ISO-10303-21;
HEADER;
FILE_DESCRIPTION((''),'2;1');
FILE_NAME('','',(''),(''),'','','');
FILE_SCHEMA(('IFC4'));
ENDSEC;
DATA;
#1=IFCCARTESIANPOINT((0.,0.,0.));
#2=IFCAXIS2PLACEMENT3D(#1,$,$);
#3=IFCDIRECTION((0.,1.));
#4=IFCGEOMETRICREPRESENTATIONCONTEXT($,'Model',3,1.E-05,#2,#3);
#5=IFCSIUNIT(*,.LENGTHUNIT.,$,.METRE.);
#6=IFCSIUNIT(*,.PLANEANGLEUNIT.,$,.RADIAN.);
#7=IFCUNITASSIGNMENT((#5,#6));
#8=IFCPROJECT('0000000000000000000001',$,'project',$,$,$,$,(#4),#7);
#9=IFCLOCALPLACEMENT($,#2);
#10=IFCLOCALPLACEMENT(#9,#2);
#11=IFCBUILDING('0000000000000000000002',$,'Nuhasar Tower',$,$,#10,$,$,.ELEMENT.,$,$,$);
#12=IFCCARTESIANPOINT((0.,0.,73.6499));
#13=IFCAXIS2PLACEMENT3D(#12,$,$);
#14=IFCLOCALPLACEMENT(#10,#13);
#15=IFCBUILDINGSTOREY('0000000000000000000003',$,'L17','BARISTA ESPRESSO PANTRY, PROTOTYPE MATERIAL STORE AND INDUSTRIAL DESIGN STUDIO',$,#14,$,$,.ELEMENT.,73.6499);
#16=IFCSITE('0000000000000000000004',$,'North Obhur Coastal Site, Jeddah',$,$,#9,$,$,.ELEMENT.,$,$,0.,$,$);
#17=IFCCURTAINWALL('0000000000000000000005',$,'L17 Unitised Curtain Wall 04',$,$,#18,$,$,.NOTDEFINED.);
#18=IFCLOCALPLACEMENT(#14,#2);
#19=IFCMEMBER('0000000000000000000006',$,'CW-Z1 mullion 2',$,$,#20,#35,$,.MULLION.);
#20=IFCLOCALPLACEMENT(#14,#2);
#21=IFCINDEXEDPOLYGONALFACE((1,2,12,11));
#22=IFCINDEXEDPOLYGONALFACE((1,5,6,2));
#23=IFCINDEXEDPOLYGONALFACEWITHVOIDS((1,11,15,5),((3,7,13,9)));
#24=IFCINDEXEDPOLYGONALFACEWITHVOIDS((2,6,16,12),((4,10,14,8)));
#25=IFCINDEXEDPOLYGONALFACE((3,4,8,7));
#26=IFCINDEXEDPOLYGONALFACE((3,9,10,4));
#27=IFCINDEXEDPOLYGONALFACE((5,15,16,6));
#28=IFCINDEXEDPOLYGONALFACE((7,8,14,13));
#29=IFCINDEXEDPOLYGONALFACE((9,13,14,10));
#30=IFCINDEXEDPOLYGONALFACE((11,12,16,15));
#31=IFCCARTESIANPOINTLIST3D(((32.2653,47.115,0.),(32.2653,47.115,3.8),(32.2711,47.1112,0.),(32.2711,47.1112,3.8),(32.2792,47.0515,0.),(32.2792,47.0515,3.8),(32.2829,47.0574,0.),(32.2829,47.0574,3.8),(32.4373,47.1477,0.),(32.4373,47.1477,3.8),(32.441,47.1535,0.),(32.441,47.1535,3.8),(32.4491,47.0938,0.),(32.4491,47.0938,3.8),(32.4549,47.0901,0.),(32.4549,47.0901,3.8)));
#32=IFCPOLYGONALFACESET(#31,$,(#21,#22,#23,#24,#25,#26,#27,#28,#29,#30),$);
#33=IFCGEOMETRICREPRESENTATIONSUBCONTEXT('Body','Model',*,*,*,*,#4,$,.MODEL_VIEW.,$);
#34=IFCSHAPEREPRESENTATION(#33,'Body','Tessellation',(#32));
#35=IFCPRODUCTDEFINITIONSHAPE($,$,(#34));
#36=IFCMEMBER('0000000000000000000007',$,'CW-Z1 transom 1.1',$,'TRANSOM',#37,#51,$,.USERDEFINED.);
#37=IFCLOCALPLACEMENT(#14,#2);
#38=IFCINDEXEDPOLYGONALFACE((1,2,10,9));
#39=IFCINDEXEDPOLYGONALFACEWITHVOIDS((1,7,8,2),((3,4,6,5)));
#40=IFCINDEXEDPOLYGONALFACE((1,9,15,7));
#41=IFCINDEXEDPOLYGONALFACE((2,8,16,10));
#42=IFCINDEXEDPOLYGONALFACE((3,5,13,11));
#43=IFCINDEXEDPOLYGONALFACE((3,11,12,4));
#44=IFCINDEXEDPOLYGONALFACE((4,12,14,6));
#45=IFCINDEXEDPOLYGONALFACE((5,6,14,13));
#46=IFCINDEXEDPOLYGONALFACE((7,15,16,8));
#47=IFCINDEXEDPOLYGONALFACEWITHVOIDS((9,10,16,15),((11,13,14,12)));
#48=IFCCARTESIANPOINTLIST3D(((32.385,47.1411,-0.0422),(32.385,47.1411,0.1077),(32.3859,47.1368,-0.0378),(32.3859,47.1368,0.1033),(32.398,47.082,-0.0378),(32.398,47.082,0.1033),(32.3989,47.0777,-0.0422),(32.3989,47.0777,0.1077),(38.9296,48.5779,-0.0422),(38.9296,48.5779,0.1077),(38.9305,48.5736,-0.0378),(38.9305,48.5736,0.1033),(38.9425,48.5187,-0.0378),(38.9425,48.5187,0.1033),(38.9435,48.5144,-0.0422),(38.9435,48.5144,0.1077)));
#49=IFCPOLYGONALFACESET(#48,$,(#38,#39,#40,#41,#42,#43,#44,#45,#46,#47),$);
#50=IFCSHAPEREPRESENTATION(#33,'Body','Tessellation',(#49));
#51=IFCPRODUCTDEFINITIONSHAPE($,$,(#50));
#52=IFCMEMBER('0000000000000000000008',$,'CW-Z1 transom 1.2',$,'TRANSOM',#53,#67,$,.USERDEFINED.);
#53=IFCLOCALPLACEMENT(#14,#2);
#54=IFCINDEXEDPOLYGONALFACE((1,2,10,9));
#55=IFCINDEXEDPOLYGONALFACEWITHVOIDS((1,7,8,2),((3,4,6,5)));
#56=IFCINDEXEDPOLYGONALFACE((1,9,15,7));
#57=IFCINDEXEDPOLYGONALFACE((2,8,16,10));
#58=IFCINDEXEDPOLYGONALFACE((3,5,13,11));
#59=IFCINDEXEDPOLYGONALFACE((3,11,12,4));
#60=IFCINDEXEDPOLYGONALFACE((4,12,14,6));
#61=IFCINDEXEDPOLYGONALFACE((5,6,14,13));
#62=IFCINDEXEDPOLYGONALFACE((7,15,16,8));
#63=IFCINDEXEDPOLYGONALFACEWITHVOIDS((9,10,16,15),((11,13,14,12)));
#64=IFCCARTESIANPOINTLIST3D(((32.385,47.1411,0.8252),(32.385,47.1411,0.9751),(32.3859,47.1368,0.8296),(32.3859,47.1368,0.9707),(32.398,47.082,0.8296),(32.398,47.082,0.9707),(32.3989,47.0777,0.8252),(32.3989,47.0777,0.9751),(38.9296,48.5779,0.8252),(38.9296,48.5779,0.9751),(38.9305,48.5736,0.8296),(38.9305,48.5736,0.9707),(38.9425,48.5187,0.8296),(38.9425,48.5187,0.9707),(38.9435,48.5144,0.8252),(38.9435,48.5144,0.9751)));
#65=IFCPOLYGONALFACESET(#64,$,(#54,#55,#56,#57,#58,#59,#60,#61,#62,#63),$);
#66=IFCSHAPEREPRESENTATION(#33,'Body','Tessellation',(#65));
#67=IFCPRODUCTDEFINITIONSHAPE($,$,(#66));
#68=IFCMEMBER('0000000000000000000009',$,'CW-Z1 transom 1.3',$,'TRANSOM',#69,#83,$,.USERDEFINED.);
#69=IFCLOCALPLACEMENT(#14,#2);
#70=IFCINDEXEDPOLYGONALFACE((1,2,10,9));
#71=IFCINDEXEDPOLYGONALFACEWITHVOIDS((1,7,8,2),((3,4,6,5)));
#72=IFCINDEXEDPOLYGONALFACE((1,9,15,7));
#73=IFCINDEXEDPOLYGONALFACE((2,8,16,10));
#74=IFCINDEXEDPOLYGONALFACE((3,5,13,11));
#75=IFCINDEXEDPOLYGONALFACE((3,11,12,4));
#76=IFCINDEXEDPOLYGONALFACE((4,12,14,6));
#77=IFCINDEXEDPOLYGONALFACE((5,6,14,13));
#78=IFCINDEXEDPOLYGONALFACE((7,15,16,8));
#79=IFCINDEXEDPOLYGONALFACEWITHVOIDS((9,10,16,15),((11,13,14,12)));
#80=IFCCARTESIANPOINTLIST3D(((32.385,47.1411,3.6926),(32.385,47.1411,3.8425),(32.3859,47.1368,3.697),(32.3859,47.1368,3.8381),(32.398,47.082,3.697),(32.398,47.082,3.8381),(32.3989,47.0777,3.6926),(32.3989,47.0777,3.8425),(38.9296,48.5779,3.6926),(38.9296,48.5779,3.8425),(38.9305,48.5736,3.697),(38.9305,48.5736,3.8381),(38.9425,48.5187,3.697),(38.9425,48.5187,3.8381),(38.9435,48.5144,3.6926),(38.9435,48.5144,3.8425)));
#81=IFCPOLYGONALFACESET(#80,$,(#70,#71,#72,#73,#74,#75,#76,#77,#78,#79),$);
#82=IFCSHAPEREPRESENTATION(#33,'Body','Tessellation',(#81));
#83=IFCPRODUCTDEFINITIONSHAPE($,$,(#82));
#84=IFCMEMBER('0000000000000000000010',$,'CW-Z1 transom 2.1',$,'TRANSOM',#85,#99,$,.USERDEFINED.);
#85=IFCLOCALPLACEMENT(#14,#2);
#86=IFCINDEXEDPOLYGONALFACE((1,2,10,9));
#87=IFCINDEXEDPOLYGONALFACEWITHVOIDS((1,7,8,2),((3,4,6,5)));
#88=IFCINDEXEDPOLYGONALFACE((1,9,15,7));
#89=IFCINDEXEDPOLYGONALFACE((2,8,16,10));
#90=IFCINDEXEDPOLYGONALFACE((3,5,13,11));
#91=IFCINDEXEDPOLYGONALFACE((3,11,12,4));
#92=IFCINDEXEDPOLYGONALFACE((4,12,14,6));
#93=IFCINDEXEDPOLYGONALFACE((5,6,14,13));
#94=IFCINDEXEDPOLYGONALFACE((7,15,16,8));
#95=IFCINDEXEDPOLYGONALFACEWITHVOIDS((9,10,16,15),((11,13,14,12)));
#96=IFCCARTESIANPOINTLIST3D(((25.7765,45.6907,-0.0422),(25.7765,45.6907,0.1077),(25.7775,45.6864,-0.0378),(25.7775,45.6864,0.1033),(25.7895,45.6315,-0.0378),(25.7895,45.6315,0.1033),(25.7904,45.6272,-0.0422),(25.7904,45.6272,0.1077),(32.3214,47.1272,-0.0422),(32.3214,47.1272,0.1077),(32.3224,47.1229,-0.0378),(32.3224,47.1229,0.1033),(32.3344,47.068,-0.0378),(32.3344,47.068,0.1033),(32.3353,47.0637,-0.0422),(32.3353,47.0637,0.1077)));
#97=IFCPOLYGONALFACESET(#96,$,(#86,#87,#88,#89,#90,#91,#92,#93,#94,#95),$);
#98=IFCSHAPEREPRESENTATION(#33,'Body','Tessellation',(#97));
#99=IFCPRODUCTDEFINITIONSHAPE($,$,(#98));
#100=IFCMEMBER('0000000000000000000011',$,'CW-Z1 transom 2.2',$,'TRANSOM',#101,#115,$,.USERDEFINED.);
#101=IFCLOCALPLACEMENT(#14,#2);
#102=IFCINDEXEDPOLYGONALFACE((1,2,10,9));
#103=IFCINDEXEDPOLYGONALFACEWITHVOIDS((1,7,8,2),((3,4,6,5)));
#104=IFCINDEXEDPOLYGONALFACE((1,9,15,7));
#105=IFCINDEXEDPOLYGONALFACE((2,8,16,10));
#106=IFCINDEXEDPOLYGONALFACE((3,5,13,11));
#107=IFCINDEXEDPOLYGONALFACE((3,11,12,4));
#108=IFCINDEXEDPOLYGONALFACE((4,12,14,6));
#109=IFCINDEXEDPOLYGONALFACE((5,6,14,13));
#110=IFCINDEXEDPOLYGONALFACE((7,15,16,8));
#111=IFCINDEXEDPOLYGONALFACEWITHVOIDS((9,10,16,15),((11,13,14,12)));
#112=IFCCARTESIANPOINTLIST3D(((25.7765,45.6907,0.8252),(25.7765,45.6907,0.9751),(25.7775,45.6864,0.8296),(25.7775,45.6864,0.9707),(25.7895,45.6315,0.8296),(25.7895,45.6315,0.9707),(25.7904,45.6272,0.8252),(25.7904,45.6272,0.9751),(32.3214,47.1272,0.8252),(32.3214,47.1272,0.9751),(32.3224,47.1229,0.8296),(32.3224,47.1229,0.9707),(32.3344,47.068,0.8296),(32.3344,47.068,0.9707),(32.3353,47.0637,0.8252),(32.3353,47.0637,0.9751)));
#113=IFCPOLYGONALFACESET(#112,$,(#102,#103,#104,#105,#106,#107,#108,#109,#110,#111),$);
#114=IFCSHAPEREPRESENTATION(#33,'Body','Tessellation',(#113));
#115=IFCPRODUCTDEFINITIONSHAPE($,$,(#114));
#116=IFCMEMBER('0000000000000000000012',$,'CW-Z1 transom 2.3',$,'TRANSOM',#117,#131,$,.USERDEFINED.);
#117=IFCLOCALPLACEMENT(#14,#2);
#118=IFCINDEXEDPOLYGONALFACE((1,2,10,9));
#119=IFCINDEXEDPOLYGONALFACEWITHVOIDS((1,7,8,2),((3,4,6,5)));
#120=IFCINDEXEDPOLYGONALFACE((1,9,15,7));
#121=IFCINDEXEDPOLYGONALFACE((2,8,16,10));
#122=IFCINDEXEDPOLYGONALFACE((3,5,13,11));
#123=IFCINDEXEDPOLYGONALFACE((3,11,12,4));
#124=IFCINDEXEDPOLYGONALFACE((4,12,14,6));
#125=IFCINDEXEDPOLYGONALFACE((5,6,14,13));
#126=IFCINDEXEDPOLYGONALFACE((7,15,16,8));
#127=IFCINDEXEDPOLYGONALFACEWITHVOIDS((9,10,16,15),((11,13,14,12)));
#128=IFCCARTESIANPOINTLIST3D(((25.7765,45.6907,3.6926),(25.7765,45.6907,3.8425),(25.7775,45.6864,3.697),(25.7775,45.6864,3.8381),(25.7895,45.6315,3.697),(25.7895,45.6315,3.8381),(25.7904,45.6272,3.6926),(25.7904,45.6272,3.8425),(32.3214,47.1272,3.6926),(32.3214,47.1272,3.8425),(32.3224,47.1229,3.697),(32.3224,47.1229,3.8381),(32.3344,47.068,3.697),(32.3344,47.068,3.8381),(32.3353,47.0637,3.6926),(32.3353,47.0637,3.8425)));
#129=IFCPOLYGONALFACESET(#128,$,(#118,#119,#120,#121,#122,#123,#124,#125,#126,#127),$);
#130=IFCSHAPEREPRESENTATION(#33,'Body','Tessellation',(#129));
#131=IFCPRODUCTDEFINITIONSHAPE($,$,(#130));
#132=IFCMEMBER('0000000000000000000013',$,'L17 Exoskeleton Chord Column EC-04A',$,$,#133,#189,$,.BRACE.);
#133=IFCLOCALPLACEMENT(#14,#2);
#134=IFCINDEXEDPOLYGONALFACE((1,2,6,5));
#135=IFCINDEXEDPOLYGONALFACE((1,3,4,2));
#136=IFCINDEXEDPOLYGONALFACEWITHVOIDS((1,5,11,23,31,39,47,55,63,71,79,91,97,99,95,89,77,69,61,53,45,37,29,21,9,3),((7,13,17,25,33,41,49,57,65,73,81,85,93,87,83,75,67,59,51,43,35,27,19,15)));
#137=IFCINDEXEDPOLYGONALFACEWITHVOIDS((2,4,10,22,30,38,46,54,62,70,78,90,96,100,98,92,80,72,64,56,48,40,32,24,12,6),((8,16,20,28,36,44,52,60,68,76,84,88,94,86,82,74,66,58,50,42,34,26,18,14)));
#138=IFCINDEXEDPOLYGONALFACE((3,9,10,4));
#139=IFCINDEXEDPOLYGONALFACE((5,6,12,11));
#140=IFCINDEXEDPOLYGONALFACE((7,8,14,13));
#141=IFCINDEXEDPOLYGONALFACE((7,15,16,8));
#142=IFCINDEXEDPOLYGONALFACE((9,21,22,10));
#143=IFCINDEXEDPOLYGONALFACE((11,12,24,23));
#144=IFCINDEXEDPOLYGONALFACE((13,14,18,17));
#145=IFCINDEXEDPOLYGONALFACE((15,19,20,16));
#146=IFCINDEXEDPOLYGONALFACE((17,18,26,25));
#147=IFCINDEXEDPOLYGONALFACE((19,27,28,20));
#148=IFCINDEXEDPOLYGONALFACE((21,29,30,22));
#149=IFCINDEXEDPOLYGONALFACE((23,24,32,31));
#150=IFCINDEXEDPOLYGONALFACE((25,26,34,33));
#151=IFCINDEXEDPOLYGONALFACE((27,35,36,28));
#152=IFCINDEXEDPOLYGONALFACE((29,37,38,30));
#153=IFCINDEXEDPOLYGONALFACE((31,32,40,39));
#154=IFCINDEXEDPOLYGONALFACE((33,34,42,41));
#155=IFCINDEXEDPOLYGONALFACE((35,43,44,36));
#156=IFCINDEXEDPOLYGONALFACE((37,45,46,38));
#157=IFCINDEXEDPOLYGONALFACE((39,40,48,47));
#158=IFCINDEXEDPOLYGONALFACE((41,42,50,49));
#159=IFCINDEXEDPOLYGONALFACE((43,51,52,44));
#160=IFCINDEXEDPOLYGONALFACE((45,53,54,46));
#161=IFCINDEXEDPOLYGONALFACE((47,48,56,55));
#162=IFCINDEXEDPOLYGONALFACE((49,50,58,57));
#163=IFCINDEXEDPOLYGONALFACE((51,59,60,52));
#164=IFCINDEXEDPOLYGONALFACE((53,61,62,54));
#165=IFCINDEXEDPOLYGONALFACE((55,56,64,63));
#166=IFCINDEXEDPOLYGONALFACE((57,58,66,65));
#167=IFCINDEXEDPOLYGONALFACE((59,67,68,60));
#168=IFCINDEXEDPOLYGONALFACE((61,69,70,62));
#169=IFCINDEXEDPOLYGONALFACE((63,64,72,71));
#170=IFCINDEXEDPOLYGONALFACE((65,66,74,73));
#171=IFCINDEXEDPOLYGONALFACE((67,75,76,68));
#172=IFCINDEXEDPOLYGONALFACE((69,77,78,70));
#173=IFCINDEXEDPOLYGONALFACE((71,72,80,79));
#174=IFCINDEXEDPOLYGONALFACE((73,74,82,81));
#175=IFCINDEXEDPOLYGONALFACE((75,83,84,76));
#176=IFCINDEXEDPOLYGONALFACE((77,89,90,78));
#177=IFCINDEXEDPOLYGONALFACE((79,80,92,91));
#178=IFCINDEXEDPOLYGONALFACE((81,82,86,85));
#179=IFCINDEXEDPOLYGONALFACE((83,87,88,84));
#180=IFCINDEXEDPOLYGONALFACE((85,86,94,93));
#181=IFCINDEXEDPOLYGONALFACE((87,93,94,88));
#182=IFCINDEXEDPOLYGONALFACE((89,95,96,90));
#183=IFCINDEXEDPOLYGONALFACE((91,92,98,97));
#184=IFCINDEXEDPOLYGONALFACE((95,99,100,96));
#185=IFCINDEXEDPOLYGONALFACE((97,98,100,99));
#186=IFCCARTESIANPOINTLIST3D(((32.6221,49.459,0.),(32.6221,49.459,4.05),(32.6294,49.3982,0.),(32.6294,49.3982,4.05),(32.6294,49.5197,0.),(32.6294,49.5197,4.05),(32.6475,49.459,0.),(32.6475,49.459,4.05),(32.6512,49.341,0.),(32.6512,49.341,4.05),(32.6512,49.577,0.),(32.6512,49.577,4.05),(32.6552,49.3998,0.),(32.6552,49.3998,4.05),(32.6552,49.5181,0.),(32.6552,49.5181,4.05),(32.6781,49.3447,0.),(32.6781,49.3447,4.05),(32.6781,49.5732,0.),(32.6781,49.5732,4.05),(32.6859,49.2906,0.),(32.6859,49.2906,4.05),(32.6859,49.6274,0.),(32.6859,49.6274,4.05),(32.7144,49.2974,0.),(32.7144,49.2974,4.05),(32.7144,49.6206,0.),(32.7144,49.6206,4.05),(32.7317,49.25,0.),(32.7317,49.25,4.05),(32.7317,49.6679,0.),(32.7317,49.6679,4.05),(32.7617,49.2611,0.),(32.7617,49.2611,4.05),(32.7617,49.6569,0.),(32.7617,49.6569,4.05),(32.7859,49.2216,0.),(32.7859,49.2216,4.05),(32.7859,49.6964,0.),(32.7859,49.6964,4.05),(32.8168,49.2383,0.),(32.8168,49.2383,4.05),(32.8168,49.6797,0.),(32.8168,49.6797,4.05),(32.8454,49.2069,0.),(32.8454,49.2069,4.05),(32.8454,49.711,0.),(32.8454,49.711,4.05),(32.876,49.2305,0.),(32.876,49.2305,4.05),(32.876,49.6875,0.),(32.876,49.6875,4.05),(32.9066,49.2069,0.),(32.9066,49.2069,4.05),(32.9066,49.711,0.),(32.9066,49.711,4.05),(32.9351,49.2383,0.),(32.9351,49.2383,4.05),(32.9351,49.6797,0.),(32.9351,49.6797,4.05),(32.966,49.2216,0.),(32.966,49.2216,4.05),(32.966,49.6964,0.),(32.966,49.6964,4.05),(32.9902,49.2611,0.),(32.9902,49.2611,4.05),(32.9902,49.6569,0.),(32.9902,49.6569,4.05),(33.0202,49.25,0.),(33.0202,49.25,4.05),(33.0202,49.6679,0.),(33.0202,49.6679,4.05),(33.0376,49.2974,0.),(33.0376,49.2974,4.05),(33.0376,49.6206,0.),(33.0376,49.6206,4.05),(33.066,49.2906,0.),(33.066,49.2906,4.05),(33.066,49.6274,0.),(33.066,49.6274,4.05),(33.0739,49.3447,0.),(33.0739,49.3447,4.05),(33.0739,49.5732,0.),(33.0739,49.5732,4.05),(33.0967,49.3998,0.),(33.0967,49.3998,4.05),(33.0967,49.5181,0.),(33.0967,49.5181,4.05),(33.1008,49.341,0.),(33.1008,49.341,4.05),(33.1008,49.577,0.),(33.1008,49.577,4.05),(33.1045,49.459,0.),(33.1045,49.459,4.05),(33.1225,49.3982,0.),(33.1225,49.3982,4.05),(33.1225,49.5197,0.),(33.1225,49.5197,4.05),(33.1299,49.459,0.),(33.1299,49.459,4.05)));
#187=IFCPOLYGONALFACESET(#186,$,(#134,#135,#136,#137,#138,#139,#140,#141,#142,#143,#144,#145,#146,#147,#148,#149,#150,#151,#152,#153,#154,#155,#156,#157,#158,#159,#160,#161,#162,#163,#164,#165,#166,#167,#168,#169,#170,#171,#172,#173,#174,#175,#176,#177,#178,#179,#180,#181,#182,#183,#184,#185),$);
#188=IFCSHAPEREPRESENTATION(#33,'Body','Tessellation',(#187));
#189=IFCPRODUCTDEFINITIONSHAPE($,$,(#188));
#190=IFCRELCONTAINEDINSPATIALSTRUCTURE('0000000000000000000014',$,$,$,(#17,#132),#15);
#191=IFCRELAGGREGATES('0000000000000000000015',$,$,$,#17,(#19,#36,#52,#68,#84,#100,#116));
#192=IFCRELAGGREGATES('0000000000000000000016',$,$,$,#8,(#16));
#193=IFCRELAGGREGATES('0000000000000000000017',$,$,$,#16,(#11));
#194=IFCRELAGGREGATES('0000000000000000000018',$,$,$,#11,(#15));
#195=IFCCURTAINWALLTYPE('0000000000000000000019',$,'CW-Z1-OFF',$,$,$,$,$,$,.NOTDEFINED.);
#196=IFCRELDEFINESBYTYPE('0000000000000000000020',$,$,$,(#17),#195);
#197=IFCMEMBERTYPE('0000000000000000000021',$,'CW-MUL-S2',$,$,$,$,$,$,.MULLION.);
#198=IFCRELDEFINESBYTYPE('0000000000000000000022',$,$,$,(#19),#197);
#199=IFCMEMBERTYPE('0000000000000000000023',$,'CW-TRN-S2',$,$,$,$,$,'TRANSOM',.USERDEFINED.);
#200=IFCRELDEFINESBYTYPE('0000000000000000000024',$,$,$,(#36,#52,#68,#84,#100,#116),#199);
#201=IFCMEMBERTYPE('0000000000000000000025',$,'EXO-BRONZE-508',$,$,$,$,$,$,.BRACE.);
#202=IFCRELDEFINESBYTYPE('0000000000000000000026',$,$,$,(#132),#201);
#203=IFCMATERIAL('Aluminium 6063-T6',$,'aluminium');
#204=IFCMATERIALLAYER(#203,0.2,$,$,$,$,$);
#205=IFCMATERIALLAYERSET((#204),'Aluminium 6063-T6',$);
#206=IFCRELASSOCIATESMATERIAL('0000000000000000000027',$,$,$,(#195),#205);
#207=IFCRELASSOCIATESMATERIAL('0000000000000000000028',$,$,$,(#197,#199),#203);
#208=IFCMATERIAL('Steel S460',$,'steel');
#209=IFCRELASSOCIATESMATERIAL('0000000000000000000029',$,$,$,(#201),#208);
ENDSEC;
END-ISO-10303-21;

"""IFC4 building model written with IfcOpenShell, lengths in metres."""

from ifc_helpers import new_model, si_unit, direction, frame, origin, origin_2d, place, context, subcontext, project, spatial, hollow_rectangle, hollow_circle, extrude, material, layer, layer_set, material_profile, profile_set, type_object, element, aggregate, save


model = new_model("IFC4")

# Units and contexts
model_context = context("Model", 3, precision=1e-05, world=origin(), true_north=direction((0.0, 1.0)))
body_context = subcontext(model_context, "Body", "Model", "MODEL_VIEW")
ifc_project = project(units=[si_unit("LENGTHUNIT", "METRE"), si_unit("PLANEANGLEUNIT", "RADIAN")], contexts=[model_context])

# Site, building, storey
site_placement = place(None, origin())
site = spatial("IfcSite", under=ifc_project, at=site_placement, Name="North Obhur Coastal Site, Jeddah", CompositionType="ELEMENT", RefElevation=0.0)
building_placement = place(site_placement, origin())
building = spatial("IfcBuilding", under=site, at=building_placement, Name="Nuhasar Tower", CompositionType="ELEMENT")
storey_placement = place(building_placement, frame((0.0, 0.0, 73.6499)))
storey = spatial("IfcBuildingStorey", under=building, at=storey_placement, Name="L17", Description="BARISTA ESPRESSO PANTRY, PROTOTYPE MATERIAL STORE AND INDUSTRIAL DESIGN STUDIO", CompositionType="ELEMENT", Elevation=73.6499)

# Curtain wall, members
ifc_material_1 = material(Name="Aluminium 6063-T6", Category="aluminium")
ifc_layer_1 = layer(ifc_material_1, 0.2)
ifc_layer_set_1 = layer_set([ifc_layer_1], Name="Aluminium 6063-T6")
curtain_wall_type = type_object("IfcCurtainWallType", Name="CW-Z1-OFF", PredefinedType="NOTDEFINED", material=ifc_layer_set_1)
curtain_wall_placement = place(storey_placement, origin())
curtain_wall = element("IfcCurtainWall", 1, at=curtain_wall_placement, inside=storey, type_object=curtain_wall_type, Name="L17 Unitised Curtain Wall 04", PredefinedType="NOTDEFINED")
ifc_material_profile_1 = material_profile(ifc_material_1, hollow_rectangle(XDim=0.0649, YDim=0.1799, WallThickness=0.0049, at=origin_2d()), Name="CWM-2")
ifc_profile_set_1 = profile_set([ifc_material_profile_1], Name="Aluminium 6063-T6")
member_type_1 = type_object("IfcMemberType", Name="CW-MUL-S2", PredefinedType="MULLION", material=ifc_profile_set_1)
member_1_placement = place(storey_placement, frame((32.3601, 47.1025, 0.0), z_axis=(0.0, 0.0, 1.0), x_axis=(0.214399, -0.976746, 0.0)))
member_1 = element("IfcMember", 2, at=member_1_placement, type_object=member_type_1, Name="CW-Z1 mullion 2", PredefinedType="MULLION", context=body_context, shape_type="SweptSolid", body=[
    extrude(hollow_rectangle(XDim=0.0649, YDim=0.1799, WallThickness=0.0049, at=origin_2d()), origin(), (0.0, 0.0, 1.0), 3.8),
])
ifc_material_profile_2 = material_profile(ifc_material_1, hollow_rectangle(XDim=0.0649, YDim=0.1499, WallThickness=0.0044, at=origin_2d()), Name="CWT-2")
ifc_profile_set_2 = profile_set([ifc_material_profile_2], Name="Aluminium 6063-T6")
member_type_2 = type_object("IfcMemberType", Name="CW-TRN-S2", ElementType="TRANSOM", PredefinedType="USERDEFINED", material=ifc_profile_set_2)
member_2_placement = place(storey_placement, frame((38.9365, 48.5461, 0.0327), z_axis=(-0.97674, -0.214426, 0.0), x_axis=(0.214426, -0.97674, 0.0)))
member_2 = element("IfcMember", 3, at=member_2_placement, type_object=member_type_2, Name="CW-Z1 transom 1.1", ObjectType="TRANSOM", PredefinedType="USERDEFINED", context=body_context, shape_type="SweptSolid", body=[
    extrude(hollow_rectangle(XDim=0.0649, YDim=0.1499, WallThickness=0.0044, at=origin_2d()), origin(), (0.0, 0.0, 1.0), 6.7004),
])
member_3_placement = place(storey_placement, frame((38.9365, 48.5461, 0.9001), z_axis=(-0.97674, -0.214426, 0.0), x_axis=(0.214426, -0.97674, 0.0)))
member_3 = element("IfcMember", 4, at=member_3_placement, type_object=member_type_2, Name="CW-Z1 transom 1.2", ObjectType="TRANSOM", PredefinedType="USERDEFINED", context=body_context, shape_type="SweptSolid", body=[
    extrude(hollow_rectangle(XDim=0.0649, YDim=0.1499, WallThickness=0.0044, at=origin_2d()), origin(), (0.0, 0.0, 1.0), 6.7004),
])
member_4_placement = place(storey_placement, frame((38.9365, 48.5461, 3.7676), z_axis=(-0.97674, -0.214426, 0.0), x_axis=(0.214426, -0.97674, 0.0)))
member_4 = element("IfcMember", 5, at=member_4_placement, type_object=member_type_2, Name="CW-Z1 transom 1.3", ObjectType="TRANSOM", PredefinedType="USERDEFINED", context=body_context, shape_type="SweptSolid", body=[
    extrude(hollow_rectangle(XDim=0.0649, YDim=0.1499, WallThickness=0.0044, at=origin_2d()), origin(), (0.0, 0.0, 1.0), 6.7004),
])
member_5_placement = place(storey_placement, frame((32.3284, 47.0955, 0.0327), z_axis=(-0.97675, -0.214384, 0.0), x_axis=(0.214384, -0.97675, 0.0)))
member_5 = element("IfcMember", 6, at=member_5_placement, type_object=member_type_2, Name="CW-Z1 transom 2.1", ObjectType="TRANSOM", PredefinedType="USERDEFINED", context=body_context, shape_type="SweptSolid", body=[
    extrude(hollow_rectangle(XDim=0.0649, YDim=0.1499, WallThickness=0.0044, at=origin_2d()), origin(), (0.0, 0.0, 1.0), 6.7007),
])
member_6_placement = place(storey_placement, frame((32.3284, 47.0955, 0.9001), z_axis=(-0.97675, -0.214384, 0.0), x_axis=(0.214384, -0.97675, 0.0)))
member_6 = element("IfcMember", 7, at=member_6_placement, type_object=member_type_2, Name="CW-Z1 transom 2.2", ObjectType="TRANSOM", PredefinedType="USERDEFINED", context=body_context, shape_type="SweptSolid", body=[
    extrude(hollow_rectangle(XDim=0.0649, YDim=0.1499, WallThickness=0.0044, at=origin_2d()), origin(), (0.0, 0.0, 1.0), 6.7007),
])
member_7_placement = place(storey_placement, frame((32.3284, 47.0955, 3.7676), z_axis=(-0.97675, -0.214384, 0.0), x_axis=(0.214384, -0.97675, 0.0)))
member_7 = element("IfcMember", 8, at=member_7_placement, type_object=member_type_2, Name="CW-Z1 transom 2.3", ObjectType="TRANSOM", PredefinedType="USERDEFINED", context=body_context, shape_type="SweptSolid", body=[
    extrude(hollow_rectangle(XDim=0.0649, YDim=0.1499, WallThickness=0.0044, at=origin_2d()), origin(), (0.0, 0.0, 1.0), 6.7007),
])

# Member
ifc_material_2 = material(Name="Steel S460", Category="steel")
ifc_material_profile_3 = material_profile(ifc_material_2, hollow_circle(Radius=0.2539, WallThickness=0.0254, at=origin_2d()), Name="HSS508X25.4")
ifc_profile_set_3 = profile_set([ifc_material_profile_3], Name="Steel S460")
member_type_3 = type_object("IfcMemberType", Name="EXO-BRONZE-508", PredefinedType="BRACE", material=ifc_profile_set_3)
for number, where, z_axis, x_axis, name in (
    (9, (32.876, 49.459, 0.0), (0.0, 0.0, 1.0), (1.0, 0.0, 0.0), "L17 Exoskeleton Chord Column EC-04A"),
):
    element("IfcMember", number, at=place(storey_placement, frame(where, z_axis=z_axis, x_axis=x_axis)), inside=storey, type_object=member_type_3, Name=name, PredefinedType="BRACE", context=body_context, shape_type="SweptSolid", body=[
        extrude(hollow_circle(Radius=0.2539, WallThickness=0.0254, at=origin_2d()), origin(), (0.0, 0.0, 1.0), 4.05),
    ])

aggregate(curtain_wall, [member_1, member_2, member_3, member_4, member_5, member_6, member_7])

save(model, "model.ifc")
